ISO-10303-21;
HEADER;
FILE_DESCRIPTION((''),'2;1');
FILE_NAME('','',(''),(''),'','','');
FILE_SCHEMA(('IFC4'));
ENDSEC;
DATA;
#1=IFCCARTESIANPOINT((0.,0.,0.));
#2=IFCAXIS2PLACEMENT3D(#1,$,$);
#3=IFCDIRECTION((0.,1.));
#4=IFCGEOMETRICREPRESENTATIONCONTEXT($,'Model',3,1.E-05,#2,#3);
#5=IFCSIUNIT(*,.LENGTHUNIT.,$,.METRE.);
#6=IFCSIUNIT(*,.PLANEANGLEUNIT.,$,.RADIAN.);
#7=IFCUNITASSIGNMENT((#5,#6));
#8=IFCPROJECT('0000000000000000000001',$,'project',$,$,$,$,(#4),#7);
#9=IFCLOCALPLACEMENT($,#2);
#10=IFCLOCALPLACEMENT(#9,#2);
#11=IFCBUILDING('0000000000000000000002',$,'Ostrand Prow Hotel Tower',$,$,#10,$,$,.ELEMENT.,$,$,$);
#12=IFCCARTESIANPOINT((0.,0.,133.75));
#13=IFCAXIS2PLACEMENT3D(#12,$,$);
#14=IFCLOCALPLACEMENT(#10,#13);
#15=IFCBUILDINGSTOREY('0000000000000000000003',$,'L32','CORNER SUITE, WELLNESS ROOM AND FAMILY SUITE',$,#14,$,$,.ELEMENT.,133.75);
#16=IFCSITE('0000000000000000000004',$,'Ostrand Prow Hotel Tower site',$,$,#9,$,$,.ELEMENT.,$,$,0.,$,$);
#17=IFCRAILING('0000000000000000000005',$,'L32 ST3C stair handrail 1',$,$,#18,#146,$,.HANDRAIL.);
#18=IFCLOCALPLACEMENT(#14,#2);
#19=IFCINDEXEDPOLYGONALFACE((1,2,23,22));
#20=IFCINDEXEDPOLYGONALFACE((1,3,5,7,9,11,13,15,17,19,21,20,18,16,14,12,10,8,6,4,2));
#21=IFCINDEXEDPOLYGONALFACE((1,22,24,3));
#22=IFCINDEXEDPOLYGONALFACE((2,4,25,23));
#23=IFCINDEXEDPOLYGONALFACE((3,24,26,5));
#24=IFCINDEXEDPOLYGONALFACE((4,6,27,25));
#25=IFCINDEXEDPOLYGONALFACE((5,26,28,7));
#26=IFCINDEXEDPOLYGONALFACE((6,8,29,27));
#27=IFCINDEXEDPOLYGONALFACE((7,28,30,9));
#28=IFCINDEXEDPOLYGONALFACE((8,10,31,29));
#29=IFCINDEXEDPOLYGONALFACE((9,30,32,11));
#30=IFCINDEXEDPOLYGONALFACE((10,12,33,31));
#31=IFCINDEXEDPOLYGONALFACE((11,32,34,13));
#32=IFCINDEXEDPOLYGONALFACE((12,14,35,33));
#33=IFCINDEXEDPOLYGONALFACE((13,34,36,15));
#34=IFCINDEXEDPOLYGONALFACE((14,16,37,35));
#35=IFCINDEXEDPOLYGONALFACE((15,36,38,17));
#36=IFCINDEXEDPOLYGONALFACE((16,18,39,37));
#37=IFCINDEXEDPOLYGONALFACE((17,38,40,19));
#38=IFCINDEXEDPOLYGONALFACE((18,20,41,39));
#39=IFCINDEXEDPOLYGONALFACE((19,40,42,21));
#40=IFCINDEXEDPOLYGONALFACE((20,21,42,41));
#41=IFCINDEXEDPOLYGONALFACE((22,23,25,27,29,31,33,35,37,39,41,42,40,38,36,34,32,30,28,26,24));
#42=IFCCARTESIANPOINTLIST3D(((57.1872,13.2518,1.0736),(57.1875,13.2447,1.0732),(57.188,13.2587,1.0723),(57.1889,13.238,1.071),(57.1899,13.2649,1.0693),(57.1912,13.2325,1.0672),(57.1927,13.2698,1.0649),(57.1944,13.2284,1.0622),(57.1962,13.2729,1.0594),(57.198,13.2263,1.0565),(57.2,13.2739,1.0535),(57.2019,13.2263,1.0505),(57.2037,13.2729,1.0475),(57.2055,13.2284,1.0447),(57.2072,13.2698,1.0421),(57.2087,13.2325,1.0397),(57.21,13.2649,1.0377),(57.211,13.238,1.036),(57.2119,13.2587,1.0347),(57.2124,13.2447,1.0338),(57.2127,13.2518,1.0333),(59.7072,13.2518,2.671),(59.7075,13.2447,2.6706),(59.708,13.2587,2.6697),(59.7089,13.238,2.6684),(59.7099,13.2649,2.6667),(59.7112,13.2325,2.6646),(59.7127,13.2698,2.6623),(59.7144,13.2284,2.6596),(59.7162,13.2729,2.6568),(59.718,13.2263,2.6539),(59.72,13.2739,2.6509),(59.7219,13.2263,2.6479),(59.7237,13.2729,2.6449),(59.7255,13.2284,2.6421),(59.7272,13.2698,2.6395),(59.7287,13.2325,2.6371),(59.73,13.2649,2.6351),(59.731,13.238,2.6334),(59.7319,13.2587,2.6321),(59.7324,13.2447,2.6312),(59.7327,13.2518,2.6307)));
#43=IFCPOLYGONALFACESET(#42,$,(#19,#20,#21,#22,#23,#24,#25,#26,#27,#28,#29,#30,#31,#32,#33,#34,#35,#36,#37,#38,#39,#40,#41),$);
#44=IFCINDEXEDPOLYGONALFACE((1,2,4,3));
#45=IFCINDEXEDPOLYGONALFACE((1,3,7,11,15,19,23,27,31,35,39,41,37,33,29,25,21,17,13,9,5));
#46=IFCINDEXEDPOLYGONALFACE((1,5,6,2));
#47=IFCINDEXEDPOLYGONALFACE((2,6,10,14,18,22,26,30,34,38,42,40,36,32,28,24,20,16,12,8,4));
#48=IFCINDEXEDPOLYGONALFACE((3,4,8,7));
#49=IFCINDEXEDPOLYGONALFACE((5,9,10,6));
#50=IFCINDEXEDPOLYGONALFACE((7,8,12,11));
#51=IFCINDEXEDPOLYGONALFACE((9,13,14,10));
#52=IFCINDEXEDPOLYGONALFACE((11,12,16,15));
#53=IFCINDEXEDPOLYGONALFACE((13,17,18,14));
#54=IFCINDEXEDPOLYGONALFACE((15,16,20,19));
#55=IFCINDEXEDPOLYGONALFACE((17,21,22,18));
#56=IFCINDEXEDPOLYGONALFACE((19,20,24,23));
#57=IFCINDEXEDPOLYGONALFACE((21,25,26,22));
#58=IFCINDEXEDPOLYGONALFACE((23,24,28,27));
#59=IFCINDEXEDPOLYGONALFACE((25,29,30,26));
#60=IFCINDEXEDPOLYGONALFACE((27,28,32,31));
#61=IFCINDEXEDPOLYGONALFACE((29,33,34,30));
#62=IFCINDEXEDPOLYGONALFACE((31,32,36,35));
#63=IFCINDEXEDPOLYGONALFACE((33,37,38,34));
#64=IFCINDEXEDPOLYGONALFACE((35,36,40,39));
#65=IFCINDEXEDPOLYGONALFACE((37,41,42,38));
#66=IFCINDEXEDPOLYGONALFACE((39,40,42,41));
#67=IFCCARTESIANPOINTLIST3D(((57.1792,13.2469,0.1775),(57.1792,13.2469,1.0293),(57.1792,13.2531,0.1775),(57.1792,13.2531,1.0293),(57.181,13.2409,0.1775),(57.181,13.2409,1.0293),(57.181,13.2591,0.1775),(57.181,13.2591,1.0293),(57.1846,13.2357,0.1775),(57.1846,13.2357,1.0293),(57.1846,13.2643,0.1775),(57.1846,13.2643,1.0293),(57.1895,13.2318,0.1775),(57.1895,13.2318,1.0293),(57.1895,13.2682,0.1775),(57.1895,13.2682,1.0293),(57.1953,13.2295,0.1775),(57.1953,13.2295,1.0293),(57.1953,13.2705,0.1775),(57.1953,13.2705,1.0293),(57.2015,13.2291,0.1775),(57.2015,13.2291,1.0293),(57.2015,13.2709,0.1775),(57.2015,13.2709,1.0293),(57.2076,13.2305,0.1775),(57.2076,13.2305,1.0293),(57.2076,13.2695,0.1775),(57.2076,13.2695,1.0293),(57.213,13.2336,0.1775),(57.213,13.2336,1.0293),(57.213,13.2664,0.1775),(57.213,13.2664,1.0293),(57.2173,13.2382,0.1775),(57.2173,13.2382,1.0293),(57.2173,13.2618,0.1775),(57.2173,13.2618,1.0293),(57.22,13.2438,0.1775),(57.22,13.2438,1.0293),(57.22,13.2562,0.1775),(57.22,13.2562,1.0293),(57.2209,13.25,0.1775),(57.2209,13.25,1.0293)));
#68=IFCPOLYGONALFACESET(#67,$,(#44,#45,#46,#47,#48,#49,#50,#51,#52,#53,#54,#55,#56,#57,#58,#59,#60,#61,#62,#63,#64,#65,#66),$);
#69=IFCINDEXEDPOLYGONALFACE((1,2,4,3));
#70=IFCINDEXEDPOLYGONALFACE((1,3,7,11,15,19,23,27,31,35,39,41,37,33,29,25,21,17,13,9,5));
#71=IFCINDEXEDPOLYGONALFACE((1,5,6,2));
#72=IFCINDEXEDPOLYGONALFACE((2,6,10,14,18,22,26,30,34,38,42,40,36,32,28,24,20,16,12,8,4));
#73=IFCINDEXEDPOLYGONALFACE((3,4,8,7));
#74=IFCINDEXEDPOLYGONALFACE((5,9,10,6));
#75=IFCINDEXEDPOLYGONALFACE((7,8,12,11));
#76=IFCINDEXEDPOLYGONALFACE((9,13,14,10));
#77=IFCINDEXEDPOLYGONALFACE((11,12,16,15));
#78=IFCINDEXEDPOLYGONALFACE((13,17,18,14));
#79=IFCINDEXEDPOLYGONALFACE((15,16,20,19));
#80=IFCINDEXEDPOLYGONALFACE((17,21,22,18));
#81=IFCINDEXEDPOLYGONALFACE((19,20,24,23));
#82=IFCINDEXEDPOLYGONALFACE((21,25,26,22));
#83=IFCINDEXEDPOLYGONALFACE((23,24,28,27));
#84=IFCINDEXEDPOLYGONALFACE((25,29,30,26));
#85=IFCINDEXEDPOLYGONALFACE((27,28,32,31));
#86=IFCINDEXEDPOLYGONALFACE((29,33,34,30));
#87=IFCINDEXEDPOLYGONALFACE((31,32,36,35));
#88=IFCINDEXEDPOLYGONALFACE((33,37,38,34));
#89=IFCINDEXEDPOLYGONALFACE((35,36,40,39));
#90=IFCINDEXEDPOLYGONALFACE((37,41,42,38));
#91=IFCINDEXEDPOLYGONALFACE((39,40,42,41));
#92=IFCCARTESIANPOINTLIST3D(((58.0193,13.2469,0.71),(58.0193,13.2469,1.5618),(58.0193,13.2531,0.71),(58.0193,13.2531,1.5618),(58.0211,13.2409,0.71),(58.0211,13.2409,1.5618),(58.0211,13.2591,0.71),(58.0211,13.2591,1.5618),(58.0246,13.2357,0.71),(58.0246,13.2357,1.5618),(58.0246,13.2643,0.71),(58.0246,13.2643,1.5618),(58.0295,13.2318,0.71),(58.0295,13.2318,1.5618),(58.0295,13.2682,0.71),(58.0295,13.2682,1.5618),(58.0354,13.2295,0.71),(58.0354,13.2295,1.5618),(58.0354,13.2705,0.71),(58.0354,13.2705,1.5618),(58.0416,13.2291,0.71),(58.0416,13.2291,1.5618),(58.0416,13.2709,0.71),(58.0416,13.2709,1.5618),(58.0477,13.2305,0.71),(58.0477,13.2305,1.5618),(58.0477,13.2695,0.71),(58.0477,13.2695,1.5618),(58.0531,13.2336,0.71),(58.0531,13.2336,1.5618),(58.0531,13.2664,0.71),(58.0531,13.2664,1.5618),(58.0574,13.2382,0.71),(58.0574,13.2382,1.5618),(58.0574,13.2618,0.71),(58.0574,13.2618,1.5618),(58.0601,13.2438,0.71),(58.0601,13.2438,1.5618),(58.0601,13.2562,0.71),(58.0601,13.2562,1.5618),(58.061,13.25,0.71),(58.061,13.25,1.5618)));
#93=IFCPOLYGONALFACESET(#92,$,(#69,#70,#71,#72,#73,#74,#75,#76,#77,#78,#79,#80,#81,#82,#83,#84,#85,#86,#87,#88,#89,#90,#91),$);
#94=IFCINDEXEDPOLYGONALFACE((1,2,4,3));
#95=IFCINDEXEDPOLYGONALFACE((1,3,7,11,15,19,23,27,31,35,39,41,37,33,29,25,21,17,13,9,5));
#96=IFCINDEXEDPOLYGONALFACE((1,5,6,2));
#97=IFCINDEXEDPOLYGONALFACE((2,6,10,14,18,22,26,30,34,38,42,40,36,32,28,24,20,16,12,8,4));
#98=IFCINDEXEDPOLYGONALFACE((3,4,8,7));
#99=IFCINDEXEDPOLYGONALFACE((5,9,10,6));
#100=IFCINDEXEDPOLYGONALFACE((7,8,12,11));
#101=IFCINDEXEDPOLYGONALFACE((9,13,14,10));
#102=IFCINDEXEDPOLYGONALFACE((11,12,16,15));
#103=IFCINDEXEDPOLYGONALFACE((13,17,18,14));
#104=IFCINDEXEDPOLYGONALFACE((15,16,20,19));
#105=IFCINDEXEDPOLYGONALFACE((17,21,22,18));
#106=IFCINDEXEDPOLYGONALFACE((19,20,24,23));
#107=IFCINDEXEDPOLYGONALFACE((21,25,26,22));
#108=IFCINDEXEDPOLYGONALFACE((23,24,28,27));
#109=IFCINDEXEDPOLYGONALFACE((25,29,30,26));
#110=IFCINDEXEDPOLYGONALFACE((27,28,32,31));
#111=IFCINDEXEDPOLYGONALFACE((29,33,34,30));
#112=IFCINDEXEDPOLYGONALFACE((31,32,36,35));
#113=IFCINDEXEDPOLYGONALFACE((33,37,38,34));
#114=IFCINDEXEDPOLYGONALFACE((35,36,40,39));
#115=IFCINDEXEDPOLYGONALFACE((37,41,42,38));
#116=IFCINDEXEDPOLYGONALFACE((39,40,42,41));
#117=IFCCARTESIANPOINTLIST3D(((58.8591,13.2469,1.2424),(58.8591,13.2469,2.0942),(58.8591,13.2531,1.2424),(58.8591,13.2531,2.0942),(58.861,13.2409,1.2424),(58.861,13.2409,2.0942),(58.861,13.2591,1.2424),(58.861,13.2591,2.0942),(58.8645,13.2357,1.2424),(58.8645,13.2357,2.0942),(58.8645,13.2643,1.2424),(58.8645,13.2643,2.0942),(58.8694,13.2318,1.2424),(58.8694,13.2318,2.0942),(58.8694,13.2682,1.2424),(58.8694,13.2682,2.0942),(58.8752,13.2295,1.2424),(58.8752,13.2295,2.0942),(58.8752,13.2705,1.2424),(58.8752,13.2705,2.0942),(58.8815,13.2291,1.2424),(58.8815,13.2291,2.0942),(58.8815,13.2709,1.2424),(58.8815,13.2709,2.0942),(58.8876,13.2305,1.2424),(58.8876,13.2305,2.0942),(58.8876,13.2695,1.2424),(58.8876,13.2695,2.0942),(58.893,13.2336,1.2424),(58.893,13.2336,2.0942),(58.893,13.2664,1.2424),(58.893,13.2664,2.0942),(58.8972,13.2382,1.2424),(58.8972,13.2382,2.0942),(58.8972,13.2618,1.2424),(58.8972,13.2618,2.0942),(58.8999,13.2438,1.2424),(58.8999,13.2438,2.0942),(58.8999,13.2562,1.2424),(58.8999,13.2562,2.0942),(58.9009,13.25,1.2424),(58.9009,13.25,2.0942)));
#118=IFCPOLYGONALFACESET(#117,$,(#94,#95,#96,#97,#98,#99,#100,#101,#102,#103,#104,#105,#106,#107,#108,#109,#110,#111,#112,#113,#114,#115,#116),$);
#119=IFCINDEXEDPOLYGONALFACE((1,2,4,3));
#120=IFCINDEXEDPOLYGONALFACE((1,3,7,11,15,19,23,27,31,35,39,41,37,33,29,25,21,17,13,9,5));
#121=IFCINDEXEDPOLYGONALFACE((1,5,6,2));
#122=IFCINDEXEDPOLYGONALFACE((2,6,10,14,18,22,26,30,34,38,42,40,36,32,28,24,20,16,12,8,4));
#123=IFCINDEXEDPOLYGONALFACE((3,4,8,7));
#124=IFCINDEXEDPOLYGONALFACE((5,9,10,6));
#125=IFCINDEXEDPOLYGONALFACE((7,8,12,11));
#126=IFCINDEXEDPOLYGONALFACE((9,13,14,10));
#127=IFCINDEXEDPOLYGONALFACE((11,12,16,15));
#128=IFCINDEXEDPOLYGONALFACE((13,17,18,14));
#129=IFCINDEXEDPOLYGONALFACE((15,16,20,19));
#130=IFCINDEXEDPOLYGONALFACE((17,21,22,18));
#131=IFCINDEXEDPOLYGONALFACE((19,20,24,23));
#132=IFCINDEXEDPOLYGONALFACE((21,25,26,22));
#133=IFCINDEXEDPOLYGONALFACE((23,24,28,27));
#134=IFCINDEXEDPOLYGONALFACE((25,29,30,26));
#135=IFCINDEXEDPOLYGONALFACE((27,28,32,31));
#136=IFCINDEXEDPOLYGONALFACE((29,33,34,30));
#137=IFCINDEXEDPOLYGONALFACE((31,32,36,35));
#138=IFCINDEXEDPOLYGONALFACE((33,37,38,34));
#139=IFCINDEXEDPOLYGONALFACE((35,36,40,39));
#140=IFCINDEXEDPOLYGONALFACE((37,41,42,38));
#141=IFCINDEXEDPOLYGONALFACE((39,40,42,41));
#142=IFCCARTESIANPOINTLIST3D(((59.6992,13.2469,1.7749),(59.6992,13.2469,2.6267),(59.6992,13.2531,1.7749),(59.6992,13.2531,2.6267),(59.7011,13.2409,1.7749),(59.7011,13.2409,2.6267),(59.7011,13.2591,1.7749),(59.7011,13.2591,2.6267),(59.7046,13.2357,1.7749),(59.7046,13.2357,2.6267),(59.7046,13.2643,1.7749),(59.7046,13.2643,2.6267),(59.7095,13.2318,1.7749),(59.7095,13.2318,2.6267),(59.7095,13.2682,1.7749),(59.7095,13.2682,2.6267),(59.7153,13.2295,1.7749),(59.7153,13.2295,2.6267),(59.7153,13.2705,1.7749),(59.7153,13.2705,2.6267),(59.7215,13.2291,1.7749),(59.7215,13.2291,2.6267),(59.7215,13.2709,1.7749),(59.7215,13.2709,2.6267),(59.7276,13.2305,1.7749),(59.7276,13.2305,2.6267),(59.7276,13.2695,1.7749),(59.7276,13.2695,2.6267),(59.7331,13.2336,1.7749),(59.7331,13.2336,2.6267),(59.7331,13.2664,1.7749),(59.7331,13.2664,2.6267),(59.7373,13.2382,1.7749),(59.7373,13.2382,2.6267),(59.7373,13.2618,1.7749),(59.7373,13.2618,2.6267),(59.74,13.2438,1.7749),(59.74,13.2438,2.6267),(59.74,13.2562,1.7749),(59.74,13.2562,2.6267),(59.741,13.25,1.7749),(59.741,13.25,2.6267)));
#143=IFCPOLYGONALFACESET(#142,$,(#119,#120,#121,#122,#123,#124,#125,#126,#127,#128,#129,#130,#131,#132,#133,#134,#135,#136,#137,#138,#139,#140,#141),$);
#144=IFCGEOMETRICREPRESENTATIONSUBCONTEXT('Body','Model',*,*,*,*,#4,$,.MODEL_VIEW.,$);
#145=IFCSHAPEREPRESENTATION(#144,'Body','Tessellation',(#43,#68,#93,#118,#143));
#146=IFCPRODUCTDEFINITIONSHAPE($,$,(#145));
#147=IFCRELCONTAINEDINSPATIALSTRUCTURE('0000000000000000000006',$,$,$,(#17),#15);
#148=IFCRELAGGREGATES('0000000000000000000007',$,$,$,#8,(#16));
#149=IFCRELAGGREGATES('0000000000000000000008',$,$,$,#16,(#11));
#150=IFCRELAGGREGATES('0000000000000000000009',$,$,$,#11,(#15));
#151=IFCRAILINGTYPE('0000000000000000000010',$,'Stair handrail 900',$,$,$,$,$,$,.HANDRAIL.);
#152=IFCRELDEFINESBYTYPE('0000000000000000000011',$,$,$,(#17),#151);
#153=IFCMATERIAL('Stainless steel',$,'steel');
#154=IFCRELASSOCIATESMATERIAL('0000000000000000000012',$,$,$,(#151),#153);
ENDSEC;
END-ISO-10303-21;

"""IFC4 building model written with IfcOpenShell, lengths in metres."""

from ifc_helpers import new_model, si_unit, direction, frame, origin, origin_2d, place, context, subcontext, project, spatial, circle, extrude, material, type_object, element, save


model = new_model("IFC4")

# Units and contexts
model_context = context("Model", 3, precision=1e-05, world=origin(), true_north=direction((0.0, 1.0)))
body_context = subcontext(model_context, "Body", "Model", "MODEL_VIEW")
ifc_project = project(units=[si_unit("LENGTHUNIT", "METRE"), si_unit("PLANEANGLEUNIT", "RADIAN")], contexts=[model_context])

# Site, building, storey
site_placement = place(None, origin())
site = spatial("IfcSite", under=ifc_project, at=site_placement, Name="Ostrand Prow Hotel Tower site", CompositionType="ELEMENT", RefElevation=0.0)
building_placement = place(site_placement, origin())
building = spatial("IfcBuilding", under=site, at=building_placement, Name="Ostrand Prow Hotel Tower", CompositionType="ELEMENT")
storey_placement = place(building_placement, frame((0.0, 0.0, 133.75)))
storey = spatial("IfcBuildingStorey", under=building, at=storey_placement, Name="L32", Description="CORNER SUITE, WELLNESS ROOM AND FAMILY SUITE", CompositionType="ELEMENT", Elevation=133.75)

# Railing
ifc_material_1 = material(Name="Stainless steel", Category="steel")
railing_type_1 = type_object("IfcRailingType", Name="Stair handrail 900", PredefinedType="HANDRAIL", material=ifc_material_1)
railing_1_placement = place(storey_placement, frame((57.2, 13.25, 0.1775)))
element("IfcRailing", 1, at=railing_1_placement, inside=storey, type_object=railing_type_1, Name="L32 ST3C stair handrail 1", PredefinedType="HANDRAIL", context=body_context, shape_type="SweptSolid", body=[
    extrude(circle(Radius=0.0239, at=origin_2d()), frame((0.0, 0.0, 0.876), z_axis=(0.844607, 0.0, 0.535387), x_axis=(0.0, 1.0, 0.0)), (0.0, 0.0, 1.0), 2.9836),
    extrude(circle(Radius=0.021, at=origin_2d()), origin(), (0.0, 0.0, 1.0), 0.8518),
    extrude(circle(Radius=0.021, at=origin_2d()), frame((0.8401, 0.0, 0.5325)), (0.0, 0.0, 1.0), 0.8518),
    extrude(circle(Radius=0.021, at=origin_2d()), frame((1.6799, 0.0, 1.0649)), (0.0, 0.0, 1.0), 0.8518),
    extrude(circle(Radius=0.021, at=origin_2d()), frame((2.52, 0.0, 1.5974)), (0.0, 0.0, 1.0), 0.8518),
])

save(model, "model.ifc")
